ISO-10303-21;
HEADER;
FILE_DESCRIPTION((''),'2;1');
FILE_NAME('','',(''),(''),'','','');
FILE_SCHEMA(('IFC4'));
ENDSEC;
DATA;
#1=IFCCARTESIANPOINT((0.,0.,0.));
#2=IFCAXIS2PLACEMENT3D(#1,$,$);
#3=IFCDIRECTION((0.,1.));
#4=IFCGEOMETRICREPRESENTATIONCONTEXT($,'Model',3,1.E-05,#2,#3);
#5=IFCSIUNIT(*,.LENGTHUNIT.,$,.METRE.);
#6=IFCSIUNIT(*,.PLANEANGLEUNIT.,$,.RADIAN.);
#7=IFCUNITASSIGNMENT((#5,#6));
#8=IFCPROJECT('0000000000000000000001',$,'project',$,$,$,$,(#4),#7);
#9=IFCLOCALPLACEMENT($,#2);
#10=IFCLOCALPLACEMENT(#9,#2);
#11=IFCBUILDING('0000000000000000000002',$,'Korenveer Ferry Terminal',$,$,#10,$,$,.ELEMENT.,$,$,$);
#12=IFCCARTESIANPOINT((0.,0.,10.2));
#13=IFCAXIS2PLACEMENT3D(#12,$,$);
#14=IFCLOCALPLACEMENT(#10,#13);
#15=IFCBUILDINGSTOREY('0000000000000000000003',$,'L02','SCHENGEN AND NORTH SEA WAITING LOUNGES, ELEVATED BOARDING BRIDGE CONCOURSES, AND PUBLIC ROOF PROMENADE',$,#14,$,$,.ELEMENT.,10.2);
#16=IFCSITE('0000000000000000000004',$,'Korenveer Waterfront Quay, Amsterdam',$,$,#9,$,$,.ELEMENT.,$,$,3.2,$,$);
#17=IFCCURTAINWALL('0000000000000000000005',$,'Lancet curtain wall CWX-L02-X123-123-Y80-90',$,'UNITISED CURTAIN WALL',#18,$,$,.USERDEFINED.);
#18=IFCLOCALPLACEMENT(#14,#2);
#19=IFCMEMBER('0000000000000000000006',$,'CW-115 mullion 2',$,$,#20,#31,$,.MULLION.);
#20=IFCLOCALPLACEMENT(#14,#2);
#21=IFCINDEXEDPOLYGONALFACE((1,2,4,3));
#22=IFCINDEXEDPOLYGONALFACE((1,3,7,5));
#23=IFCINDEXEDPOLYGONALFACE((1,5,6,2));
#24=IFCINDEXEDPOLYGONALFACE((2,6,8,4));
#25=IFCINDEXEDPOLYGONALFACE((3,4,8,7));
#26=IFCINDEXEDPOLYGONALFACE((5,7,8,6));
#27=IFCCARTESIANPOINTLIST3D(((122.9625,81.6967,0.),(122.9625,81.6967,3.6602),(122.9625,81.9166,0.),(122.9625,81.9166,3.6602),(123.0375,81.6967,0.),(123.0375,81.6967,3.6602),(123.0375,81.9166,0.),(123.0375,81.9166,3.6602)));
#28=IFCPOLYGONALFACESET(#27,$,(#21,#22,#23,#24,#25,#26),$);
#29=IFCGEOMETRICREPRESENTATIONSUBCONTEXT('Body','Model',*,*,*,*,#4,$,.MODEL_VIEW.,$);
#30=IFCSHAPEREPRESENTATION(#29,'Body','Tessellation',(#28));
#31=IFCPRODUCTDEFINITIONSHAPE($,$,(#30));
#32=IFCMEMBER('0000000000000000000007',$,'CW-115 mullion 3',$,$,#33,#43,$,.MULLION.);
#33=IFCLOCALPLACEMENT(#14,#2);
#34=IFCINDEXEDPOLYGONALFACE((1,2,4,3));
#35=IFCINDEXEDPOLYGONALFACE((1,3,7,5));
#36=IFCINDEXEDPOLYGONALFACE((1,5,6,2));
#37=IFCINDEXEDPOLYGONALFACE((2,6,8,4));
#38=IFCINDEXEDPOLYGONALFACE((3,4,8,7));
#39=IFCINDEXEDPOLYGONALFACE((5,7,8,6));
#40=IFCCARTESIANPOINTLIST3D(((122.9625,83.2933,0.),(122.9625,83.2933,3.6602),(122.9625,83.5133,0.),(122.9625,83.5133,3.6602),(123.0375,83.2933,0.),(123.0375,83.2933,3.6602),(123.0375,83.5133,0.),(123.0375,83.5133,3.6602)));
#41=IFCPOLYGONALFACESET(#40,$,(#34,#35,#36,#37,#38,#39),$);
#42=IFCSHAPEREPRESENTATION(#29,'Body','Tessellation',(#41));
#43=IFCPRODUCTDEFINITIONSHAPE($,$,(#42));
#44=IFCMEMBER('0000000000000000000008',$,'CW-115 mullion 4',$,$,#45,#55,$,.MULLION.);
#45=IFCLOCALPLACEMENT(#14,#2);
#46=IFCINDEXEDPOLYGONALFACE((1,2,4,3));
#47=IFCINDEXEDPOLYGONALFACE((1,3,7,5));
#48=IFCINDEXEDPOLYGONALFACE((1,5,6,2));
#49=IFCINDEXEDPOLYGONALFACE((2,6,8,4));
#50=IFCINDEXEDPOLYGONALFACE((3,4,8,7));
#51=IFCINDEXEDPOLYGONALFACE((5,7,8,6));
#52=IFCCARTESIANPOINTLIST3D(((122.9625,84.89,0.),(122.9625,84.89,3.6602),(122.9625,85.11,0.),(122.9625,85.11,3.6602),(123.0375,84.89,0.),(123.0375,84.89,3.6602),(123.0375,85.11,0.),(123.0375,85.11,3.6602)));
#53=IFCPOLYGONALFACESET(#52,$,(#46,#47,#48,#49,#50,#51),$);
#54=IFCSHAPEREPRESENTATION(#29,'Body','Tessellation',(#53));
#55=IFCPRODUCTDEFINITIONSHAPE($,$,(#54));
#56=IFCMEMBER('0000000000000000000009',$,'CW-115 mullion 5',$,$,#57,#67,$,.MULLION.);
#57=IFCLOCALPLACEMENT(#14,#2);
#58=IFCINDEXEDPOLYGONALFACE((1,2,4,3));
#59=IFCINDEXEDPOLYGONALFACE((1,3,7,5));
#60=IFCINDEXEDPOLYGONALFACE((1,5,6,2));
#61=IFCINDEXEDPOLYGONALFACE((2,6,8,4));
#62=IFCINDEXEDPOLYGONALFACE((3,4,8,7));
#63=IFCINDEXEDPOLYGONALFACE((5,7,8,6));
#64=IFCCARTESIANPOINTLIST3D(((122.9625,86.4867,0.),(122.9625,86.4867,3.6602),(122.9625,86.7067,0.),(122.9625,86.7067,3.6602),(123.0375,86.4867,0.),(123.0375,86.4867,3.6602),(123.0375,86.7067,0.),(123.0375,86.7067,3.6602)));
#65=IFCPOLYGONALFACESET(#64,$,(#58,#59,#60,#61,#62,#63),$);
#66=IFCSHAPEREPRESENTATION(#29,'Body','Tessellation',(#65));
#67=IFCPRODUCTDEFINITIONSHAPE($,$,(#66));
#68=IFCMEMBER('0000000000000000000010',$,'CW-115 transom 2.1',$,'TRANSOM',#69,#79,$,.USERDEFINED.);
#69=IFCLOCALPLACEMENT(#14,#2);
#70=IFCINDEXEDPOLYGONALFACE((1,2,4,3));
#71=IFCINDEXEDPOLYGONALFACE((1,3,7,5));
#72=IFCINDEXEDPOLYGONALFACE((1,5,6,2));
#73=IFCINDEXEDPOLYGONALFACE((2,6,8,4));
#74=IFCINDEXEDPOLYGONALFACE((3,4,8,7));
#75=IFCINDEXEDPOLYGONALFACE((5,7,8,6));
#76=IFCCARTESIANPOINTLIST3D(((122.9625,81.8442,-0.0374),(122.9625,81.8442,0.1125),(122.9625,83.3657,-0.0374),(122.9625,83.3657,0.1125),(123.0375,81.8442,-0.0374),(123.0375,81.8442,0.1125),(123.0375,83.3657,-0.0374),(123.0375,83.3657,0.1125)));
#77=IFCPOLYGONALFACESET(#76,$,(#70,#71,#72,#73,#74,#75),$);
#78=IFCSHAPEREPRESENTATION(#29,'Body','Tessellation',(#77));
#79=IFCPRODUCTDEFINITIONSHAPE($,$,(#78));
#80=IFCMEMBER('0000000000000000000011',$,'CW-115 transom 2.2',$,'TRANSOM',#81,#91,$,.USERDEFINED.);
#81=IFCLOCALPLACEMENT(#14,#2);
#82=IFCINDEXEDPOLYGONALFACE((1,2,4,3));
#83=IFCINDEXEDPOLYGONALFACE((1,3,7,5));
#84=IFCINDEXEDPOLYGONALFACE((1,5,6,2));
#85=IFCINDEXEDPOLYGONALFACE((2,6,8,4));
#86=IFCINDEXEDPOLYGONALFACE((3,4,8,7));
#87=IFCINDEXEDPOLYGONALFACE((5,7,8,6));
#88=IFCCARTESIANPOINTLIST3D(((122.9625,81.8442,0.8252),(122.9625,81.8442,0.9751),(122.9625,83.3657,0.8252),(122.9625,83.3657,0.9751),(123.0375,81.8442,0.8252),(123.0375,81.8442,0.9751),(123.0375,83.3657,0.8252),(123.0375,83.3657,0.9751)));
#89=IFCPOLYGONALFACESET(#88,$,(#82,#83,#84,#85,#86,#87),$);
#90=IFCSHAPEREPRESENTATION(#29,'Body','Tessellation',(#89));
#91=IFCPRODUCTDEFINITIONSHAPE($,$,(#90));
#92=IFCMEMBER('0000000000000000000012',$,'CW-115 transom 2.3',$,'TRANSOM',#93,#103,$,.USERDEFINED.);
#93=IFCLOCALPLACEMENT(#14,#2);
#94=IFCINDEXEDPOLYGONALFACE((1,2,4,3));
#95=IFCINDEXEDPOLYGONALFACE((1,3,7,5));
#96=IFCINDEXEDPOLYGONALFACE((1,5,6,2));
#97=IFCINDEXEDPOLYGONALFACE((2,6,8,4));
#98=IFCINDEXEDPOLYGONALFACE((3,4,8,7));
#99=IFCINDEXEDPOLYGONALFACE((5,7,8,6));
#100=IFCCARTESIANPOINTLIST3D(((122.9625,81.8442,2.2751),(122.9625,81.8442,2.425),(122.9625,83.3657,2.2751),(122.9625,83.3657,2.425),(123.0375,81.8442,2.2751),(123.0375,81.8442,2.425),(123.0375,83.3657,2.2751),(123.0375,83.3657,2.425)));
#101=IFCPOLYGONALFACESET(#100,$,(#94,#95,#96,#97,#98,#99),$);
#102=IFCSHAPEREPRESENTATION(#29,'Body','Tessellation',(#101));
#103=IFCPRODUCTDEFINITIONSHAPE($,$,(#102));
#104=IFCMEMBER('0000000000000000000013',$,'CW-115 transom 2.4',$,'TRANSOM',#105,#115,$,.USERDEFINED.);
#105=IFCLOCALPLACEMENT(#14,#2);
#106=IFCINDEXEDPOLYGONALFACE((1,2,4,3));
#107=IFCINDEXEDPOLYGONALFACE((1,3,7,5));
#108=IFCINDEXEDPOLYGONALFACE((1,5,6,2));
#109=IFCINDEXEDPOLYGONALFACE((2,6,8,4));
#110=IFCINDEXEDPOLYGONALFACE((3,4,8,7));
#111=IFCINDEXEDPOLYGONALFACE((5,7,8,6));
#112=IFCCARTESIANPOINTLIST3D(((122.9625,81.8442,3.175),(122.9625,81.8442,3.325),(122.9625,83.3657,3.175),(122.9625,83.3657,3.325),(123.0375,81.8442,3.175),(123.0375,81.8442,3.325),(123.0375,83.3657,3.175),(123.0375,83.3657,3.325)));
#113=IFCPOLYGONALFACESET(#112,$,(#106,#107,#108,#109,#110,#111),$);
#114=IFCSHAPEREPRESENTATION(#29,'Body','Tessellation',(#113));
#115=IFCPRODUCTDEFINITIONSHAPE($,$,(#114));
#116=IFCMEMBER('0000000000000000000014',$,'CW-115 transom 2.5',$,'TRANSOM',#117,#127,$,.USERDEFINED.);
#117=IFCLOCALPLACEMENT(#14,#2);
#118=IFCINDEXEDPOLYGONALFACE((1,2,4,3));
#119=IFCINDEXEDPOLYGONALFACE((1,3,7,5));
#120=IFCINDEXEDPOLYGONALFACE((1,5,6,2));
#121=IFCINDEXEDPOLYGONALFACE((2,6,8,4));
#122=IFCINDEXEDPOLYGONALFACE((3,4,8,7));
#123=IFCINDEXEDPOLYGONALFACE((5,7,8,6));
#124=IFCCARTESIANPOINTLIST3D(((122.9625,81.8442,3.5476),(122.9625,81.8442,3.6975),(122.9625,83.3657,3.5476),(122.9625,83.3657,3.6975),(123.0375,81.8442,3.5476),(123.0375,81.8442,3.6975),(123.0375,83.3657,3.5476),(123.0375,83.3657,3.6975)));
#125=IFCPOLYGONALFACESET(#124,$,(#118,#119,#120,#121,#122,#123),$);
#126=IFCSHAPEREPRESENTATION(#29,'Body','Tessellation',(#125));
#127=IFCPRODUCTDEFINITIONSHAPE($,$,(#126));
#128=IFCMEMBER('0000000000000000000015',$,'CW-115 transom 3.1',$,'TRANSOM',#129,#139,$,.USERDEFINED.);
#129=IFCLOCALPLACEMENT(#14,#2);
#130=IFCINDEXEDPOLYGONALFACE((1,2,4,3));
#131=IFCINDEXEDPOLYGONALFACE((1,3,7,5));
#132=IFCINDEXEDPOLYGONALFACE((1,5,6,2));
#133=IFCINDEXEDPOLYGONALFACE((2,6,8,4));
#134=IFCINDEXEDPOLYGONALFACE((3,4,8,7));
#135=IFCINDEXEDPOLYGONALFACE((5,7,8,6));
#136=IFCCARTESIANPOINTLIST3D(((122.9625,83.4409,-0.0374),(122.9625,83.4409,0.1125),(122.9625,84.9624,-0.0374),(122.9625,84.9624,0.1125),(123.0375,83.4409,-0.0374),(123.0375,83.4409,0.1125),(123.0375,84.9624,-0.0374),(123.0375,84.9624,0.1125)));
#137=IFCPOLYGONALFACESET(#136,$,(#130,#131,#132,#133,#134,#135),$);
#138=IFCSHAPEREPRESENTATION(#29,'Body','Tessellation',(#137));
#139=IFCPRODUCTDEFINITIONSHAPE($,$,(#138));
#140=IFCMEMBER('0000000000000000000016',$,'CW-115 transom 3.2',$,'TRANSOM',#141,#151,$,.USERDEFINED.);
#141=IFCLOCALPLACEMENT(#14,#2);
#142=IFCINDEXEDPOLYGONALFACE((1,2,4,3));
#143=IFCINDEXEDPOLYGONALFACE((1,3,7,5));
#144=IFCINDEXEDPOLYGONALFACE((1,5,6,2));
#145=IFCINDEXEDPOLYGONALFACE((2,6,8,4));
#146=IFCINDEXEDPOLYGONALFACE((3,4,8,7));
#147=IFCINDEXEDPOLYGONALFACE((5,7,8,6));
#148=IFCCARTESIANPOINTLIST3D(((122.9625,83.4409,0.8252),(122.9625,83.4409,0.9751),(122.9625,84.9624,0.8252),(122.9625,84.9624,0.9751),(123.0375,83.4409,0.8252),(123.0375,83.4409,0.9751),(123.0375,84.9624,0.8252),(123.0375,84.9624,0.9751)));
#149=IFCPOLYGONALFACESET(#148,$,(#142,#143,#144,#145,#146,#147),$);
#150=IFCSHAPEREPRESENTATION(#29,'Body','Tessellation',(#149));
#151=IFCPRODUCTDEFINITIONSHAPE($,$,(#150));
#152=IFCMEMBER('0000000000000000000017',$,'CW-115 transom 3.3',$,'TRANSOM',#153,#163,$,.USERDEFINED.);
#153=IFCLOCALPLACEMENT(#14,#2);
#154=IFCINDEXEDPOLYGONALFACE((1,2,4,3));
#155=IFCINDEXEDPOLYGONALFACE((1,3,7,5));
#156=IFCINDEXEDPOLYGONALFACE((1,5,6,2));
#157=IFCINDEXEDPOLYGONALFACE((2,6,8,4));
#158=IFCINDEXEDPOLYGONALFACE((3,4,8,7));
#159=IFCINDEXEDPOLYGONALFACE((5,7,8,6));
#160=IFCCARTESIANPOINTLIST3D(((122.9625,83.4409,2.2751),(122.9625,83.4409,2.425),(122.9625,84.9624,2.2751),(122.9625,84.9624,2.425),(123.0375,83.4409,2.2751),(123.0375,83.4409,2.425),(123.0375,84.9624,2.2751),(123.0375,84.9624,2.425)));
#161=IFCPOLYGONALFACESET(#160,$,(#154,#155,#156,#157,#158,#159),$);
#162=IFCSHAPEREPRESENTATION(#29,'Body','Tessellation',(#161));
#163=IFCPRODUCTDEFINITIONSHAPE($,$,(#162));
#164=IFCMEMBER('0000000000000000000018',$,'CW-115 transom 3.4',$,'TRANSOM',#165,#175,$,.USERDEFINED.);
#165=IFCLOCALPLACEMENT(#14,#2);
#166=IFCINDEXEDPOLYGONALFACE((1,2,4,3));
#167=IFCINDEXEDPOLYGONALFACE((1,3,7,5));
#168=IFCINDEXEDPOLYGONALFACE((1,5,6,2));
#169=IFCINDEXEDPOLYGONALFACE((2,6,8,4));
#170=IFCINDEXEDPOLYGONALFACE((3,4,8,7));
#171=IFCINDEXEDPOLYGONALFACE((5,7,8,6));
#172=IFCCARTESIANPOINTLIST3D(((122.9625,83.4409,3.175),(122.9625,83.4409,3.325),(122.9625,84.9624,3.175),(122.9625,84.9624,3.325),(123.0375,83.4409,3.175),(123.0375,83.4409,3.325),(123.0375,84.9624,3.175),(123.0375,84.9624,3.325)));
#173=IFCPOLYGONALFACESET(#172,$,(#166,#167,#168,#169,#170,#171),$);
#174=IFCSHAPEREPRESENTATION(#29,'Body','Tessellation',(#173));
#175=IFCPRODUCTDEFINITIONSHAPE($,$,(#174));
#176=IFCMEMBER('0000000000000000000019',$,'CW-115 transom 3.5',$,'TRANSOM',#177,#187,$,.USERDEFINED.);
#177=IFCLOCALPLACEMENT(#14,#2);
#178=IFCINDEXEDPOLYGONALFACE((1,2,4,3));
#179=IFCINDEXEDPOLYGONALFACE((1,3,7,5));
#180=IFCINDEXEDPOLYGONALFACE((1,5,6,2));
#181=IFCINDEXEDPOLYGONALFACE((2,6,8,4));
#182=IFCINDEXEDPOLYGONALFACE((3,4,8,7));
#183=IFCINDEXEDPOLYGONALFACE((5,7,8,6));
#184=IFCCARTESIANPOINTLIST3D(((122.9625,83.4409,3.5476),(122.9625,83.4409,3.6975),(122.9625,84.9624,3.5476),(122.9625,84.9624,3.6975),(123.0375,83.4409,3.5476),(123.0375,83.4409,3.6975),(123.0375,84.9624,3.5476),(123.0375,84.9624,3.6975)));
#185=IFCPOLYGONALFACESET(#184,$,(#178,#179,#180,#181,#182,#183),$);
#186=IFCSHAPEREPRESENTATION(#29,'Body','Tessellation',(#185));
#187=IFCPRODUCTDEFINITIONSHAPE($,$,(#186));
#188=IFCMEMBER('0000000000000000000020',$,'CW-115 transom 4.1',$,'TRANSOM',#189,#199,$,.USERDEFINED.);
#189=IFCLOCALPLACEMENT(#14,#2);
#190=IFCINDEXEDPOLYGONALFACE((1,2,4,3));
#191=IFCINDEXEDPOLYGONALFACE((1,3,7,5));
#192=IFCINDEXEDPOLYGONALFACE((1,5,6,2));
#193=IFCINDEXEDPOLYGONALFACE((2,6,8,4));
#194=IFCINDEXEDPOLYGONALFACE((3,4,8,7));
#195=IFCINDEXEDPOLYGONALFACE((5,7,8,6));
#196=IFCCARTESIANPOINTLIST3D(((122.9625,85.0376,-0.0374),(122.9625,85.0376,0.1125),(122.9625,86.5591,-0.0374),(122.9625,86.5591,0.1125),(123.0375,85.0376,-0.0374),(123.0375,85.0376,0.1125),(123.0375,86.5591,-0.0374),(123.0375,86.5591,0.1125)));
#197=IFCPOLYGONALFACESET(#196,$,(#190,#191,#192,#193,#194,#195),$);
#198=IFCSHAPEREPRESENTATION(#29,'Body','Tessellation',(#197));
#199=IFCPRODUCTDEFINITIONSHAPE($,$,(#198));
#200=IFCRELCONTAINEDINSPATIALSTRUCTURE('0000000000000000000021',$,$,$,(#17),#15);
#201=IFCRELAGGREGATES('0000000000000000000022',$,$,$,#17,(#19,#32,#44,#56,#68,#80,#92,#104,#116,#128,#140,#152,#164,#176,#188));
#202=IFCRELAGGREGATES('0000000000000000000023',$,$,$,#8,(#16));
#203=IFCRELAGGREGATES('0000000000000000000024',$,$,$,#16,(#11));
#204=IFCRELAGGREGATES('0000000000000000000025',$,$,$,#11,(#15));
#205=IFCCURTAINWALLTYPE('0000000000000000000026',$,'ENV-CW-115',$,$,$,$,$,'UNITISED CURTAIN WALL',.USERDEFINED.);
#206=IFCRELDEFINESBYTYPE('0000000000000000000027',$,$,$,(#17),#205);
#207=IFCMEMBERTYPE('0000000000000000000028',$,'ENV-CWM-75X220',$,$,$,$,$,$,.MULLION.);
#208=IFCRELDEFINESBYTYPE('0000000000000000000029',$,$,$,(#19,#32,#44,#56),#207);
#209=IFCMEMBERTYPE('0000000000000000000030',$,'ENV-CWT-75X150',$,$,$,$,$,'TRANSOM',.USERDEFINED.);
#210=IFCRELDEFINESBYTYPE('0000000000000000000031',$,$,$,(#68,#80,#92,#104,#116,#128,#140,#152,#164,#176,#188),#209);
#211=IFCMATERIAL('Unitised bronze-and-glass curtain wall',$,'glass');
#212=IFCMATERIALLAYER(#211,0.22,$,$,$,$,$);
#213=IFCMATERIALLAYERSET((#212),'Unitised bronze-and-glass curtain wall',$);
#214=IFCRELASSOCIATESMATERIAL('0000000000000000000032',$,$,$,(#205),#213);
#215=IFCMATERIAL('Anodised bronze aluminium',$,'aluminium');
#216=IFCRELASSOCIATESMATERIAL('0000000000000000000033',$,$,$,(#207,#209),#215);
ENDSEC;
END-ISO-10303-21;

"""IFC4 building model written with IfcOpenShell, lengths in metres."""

from ifc_helpers import new_model, si_unit, direction, frame, origin, origin_2d, place, context, subcontext, project, spatial, rectangle, extrude, material, layer, layer_set, material_profile, profile_set, type_object, element, aggregate, save


model = new_model("IFC4")

# Units and contexts
model_context = context("Model", 3, precision=1e-05, world=origin(), true_north=direction((0.0, 1.0)))
body_context = subcontext(model_context, "Body", "Model", "MODEL_VIEW")
ifc_project = project(units=[si_unit("LENGTHUNIT", "METRE"), si_unit("PLANEANGLEUNIT", "RADIAN")], contexts=[model_context])

# Site, building, storey
site_placement = place(None, origin())
site = spatial("IfcSite", under=ifc_project, at=site_placement, Name="Korenveer Waterfront Quay, Amsterdam", CompositionType="ELEMENT", RefElevation=3.2)
building_placement = place(site_placement, origin())
building = spatial("IfcBuilding", under=site, at=building_placement, Name="Korenveer Ferry Terminal", CompositionType="ELEMENT")
storey_placement = place(building_placement, frame((0.0, 0.0, 10.2)))
storey = spatial("IfcBuildingStorey", under=building, at=storey_placement, Name="L02", Description="SCHENGEN AND NORTH SEA WAITING LOUNGES, ELEVATED BOARDING BRIDGE CONCOURSES, AND PUBLIC ROOF PROMENADE", CompositionType="ELEMENT", Elevation=10.2)

# Curtain wall, members
ifc_material_1 = material(Name="Unitised bronze-and-glass curtain wall", Category="glass")
ifc_layer_1 = layer(ifc_material_1, 0.22)
ifc_layer_set_1 = layer_set([ifc_layer_1], Name="Unitised bronze-and-glass curtain wall")
curtain_wall_type = type_object("IfcCurtainWallType", Name="ENV-CW-115", ElementType="UNITISED CURTAIN WALL", PredefinedType="USERDEFINED", material=ifc_layer_set_1)
curtain_wall_placement = place(storey_placement, frame((123.0, 80.21, 0.0)))
curtain_wall = element("IfcCurtainWall", 1, at=curtain_wall_placement, inside=storey, type_object=curtain_wall_type, Name="Lancet curtain wall CWX-L02-X123-123-Y80-90", ObjectType="UNITISED CURTAIN WALL", PredefinedType="USERDEFINED")
ifc_material_2 = material(Name="Anodised bronze aluminium", Category="aluminium")
ifc_material_profile_1 = material_profile(ifc_material_2, rectangle(XDim=0.075, YDim=0.22, at=origin_2d()), Name="ALU 75x220")
ifc_profile_set_1 = profile_set([ifc_material_profile_1], Name="Anodised bronze aluminium")
member_type_1 = type_object("IfcMemberType", Name="ENV-CWM-75X220", PredefinedType="MULLION", material=ifc_profile_set_1)
member_1_placement = place(storey_placement, frame((123.0, 81.8066, 0.0), z_axis=(0.0, 0.0, 1.0), x_axis=(-1.0, 0.0, 0.0)))
member_1 = element("IfcMember", 2, at=member_1_placement, type_object=member_type_1, Name="CW-115 mullion 2", PredefinedType="MULLION", context=body_context, shape_type="SweptSolid", body=[
    extrude(rectangle(XDim=0.075, YDim=0.22, at=origin_2d()), origin(), (0.0, 0.0, 1.0), 3.6602),
])
member_2_placement = place(storey_placement, frame((123.0, 83.4033, 0.0), z_axis=(0.0, 0.0, 1.0), x_axis=(-1.0, 0.0, 0.0)))
member_2 = element("IfcMember", 3, at=member_2_placement, type_object=member_type_1, Name="CW-115 mullion 3", PredefinedType="MULLION", context=body_context, shape_type="SweptSolid", body=[
    extrude(rectangle(XDim=0.075, YDim=0.22, at=origin_2d()), origin(), (0.0, 0.0, 1.0), 3.6602),
])
member_3_placement = place(storey_placement, frame((123.0, 85.0, 0.0), z_axis=(0.0, 0.0, 1.0), x_axis=(-1.0, 0.0, 0.0)))
member_3 = element("IfcMember", 4, at=member_3_placement, type_object=member_type_1, Name="CW-115 mullion 4", PredefinedType="MULLION", context=body_context, shape_type="SweptSolid", body=[
    extrude(rectangle(XDim=0.075, YDim=0.22, at=origin_2d()), origin(), (0.0, 0.0, 1.0), 3.6602),
])
member_4_placement = place(storey_placement, frame((123.0, 86.5967, 0.0), z_axis=(0.0, 0.0, 1.0), x_axis=(-1.0, 0.0, 0.0)))
member_4 = element("IfcMember", 5, at=member_4_placement, type_object=member_type_1, Name="CW-115 mullion 5", PredefinedType="MULLION", context=body_context, shape_type="SweptSolid", body=[
    extrude(rectangle(XDim=0.075, YDim=0.22, at=origin_2d()), origin(), (0.0, 0.0, 1.0), 3.6602),
])
ifc_material_profile_2 = material_profile(ifc_material_2, rectangle(XDim=0.075, YDim=0.1499, at=origin_2d()), Name="ALU 75x150")
ifc_profile_set_2 = profile_set([ifc_material_profile_2], Name="Anodised bronze aluminium")
member_type_2 = type_object("IfcMemberType", Name="ENV-CWT-75X150", ElementType="TRANSOM", PredefinedType="USERDEFINED", material=ifc_profile_set_2)
member_5_placement = place(storey_placement, frame((123.0, 81.8442, 0.0376), z_axis=(0.0, 1.0, 0.0), x_axis=(-1.0, 0.0, 0.0)))
member_5 = element("IfcMember", 6, at=member_5_placement, type_object=member_type_2, Name="CW-115 transom 2.1", ObjectType="TRANSOM", PredefinedType="USERDEFINED", context=body_context, shape_type="SweptSolid", body=[
    extrude(rectangle(XDim=0.075, YDim=0.1499, at=origin_2d()), origin(), (0.0, 0.0, 1.0), 1.5215),
])
member_6_placement = place(storey_placement, frame((123.0, 81.8442, 0.9001), z_axis=(0.0, 1.0, 0.0), x_axis=(-1.0, 0.0, 0.0)))
member_6 = element("IfcMember", 7, at=member_6_placement, type_object=member_type_2, Name="CW-115 transom 2.2", ObjectType="TRANSOM", PredefinedType="USERDEFINED", context=body_context, shape_type="SweptSolid", body=[
    extrude(rectangle(XDim=0.075, YDim=0.1499, at=origin_2d()), origin(), (0.0, 0.0, 1.0), 1.5215),
])
member_7_placement = place(storey_placement, frame((123.0, 81.8442, 2.3501), z_axis=(0.0, 1.0, 0.0), x_axis=(-1.0, 0.0, 0.0)))
member_7 = element("IfcMember", 8, at=member_7_placement, type_object=member_type_2, Name="CW-115 transom 2.3", ObjectType="TRANSOM", PredefinedType="USERDEFINED", context=body_context, shape_type="SweptSolid", body=[
    extrude(rectangle(XDim=0.075, YDim=0.1499, at=origin_2d()), origin(), (0.0, 0.0, 1.0), 1.5215),
])
member_8_placement = place(storey_placement, frame((123.0, 81.8442, 3.25), z_axis=(0.0, 1.0, 0.0), x_axis=(-1.0, 0.0, 0.0)))
member_8 = element("IfcMember", 9, at=member_8_placement, type_object=member_type_2, Name="CW-115 transom 2.4", ObjectType="TRANSOM", PredefinedType="USERDEFINED", context=body_context, shape_type="SweptSolid", body=[
    extrude(rectangle(XDim=0.075, YDim=0.1499, at=origin_2d()), origin(), (0.0, 0.0, 1.0), 1.5215),
])
member_9_placement = place(storey_placement, frame((123.0, 81.8442, 3.6226), z_axis=(0.0, 1.0, 0.0), x_axis=(-1.0, 0.0, 0.0)))
member_9 = element("IfcMember", 10, at=member_9_placement, type_object=member_type_2, Name="CW-115 transom 2.5", ObjectType="TRANSOM", PredefinedType="USERDEFINED", context=body_context, shape_type="SweptSolid", body=[
    extrude(rectangle(XDim=0.075, YDim=0.1499, at=origin_2d()), origin(), (0.0, 0.0, 1.0), 1.5215),
])
member_10_placement = place(storey_placement, frame((123.0, 83.4409, 0.0376), z_axis=(0.0, 1.0, 0.0), x_axis=(-1.0, 0.0, 0.0)))
member_10 = element("IfcMember", 11, at=member_10_placement, type_object=member_type_2, Name="CW-115 transom 3.1", ObjectType="TRANSOM", PredefinedType="USERDEFINED", context=body_context, shape_type="SweptSolid", body=[
    extrude(rectangle(XDim=0.075, YDim=0.1499, at=origin_2d()), origin(), (0.0, 0.0, 1.0), 1.5215),
])
member_11_placement = place(storey_placement, frame((123.0, 83.4409, 0.9001), z_axis=(0.0, 1.0, 0.0), x_axis=(-1.0, 0.0, 0.0)))
member_11 = element("IfcMember", 12, at=member_11_placement, type_object=member_type_2, Name="CW-115 transom 3.2", ObjectType="TRANSOM", PredefinedType="USERDEFINED", context=body_context, shape_type="SweptSolid", body=[
    extrude(rectangle(XDim=0.075, YDim=0.1499, at=origin_2d()), origin(), (0.0, 0.0, 1.0), 1.5215),
])
member_12_placement = place(storey_placement, frame((123.0, 83.4409, 2.3501), z_axis=(0.0, 1.0, 0.0), x_axis=(-1.0, 0.0, 0.0)))
member_12 = element("IfcMember", 13, at=member_12_placement, type_object=member_type_2, Name="CW-115 transom 3.3", ObjectType="TRANSOM", PredefinedType="USERDEFINED", context=body_context, shape_type="SweptSolid", body=[
    extrude(rectangle(XDim=0.075, YDim=0.1499, at=origin_2d()), origin(), (0.0, 0.0, 1.0), 1.5215),
])
member_13_placement = place(storey_placement, frame((123.0, 83.4409, 3.25), z_axis=(0.0, 1.0, 0.0), x_axis=(-1.0, 0.0, 0.0)))
member_13 = element("IfcMember", 14, at=member_13_placement, type_object=member_type_2, Name="CW-115 transom 3.4", ObjectType="TRANSOM", PredefinedType="USERDEFINED", context=body_context, shape_type="SweptSolid", body=[
    extrude(rectangle(XDim=0.075, YDim=0.1499, at=origin_2d()), origin(), (0.0, 0.0, 1.0), 1.5215),
])
member_14_placement = place(storey_placement, frame((123.0, 83.4409, 3.6226), z_axis=(0.0, 1.0, 0.0), x_axis=(-1.0, 0.0, 0.0)))
member_14 = element("IfcMember", 15, at=member_14_placement, type_object=member_type_2, Name="CW-115 transom 3.5", ObjectType="TRANSOM", PredefinedType="USERDEFINED", context=body_context, shape_type="SweptSolid", body=[
    extrude(rectangle(XDim=0.075, YDim=0.1499, at=origin_2d()), origin(), (0.0, 0.0, 1.0), 1.5215),
])
member_15_placement = place(storey_placement, frame((123.0, 85.0376, 0.0376), z_axis=(0.0, 1.0, 0.0), x_axis=(-1.0, 0.0, 0.0)))
member_15 = element("IfcMember", 16, at=member_15_placement, type_object=member_type_2, Name="CW-115 transom 4.1", ObjectType="TRANSOM", PredefinedType="USERDEFINED", context=body_context, shape_type="SweptSolid", body=[
    extrude(rectangle(XDim=0.075, YDim=0.1499, at=origin_2d()), origin(), (0.0, 0.0, 1.0), 1.5215),
])
aggregate(curtain_wall, [member_1, member_2, member_3, member_4, member_5, member_6, member_7, member_8, member_9, member_10, member_11, member_12, member_13, member_14, member_15])

save(model, "model.ifc")
